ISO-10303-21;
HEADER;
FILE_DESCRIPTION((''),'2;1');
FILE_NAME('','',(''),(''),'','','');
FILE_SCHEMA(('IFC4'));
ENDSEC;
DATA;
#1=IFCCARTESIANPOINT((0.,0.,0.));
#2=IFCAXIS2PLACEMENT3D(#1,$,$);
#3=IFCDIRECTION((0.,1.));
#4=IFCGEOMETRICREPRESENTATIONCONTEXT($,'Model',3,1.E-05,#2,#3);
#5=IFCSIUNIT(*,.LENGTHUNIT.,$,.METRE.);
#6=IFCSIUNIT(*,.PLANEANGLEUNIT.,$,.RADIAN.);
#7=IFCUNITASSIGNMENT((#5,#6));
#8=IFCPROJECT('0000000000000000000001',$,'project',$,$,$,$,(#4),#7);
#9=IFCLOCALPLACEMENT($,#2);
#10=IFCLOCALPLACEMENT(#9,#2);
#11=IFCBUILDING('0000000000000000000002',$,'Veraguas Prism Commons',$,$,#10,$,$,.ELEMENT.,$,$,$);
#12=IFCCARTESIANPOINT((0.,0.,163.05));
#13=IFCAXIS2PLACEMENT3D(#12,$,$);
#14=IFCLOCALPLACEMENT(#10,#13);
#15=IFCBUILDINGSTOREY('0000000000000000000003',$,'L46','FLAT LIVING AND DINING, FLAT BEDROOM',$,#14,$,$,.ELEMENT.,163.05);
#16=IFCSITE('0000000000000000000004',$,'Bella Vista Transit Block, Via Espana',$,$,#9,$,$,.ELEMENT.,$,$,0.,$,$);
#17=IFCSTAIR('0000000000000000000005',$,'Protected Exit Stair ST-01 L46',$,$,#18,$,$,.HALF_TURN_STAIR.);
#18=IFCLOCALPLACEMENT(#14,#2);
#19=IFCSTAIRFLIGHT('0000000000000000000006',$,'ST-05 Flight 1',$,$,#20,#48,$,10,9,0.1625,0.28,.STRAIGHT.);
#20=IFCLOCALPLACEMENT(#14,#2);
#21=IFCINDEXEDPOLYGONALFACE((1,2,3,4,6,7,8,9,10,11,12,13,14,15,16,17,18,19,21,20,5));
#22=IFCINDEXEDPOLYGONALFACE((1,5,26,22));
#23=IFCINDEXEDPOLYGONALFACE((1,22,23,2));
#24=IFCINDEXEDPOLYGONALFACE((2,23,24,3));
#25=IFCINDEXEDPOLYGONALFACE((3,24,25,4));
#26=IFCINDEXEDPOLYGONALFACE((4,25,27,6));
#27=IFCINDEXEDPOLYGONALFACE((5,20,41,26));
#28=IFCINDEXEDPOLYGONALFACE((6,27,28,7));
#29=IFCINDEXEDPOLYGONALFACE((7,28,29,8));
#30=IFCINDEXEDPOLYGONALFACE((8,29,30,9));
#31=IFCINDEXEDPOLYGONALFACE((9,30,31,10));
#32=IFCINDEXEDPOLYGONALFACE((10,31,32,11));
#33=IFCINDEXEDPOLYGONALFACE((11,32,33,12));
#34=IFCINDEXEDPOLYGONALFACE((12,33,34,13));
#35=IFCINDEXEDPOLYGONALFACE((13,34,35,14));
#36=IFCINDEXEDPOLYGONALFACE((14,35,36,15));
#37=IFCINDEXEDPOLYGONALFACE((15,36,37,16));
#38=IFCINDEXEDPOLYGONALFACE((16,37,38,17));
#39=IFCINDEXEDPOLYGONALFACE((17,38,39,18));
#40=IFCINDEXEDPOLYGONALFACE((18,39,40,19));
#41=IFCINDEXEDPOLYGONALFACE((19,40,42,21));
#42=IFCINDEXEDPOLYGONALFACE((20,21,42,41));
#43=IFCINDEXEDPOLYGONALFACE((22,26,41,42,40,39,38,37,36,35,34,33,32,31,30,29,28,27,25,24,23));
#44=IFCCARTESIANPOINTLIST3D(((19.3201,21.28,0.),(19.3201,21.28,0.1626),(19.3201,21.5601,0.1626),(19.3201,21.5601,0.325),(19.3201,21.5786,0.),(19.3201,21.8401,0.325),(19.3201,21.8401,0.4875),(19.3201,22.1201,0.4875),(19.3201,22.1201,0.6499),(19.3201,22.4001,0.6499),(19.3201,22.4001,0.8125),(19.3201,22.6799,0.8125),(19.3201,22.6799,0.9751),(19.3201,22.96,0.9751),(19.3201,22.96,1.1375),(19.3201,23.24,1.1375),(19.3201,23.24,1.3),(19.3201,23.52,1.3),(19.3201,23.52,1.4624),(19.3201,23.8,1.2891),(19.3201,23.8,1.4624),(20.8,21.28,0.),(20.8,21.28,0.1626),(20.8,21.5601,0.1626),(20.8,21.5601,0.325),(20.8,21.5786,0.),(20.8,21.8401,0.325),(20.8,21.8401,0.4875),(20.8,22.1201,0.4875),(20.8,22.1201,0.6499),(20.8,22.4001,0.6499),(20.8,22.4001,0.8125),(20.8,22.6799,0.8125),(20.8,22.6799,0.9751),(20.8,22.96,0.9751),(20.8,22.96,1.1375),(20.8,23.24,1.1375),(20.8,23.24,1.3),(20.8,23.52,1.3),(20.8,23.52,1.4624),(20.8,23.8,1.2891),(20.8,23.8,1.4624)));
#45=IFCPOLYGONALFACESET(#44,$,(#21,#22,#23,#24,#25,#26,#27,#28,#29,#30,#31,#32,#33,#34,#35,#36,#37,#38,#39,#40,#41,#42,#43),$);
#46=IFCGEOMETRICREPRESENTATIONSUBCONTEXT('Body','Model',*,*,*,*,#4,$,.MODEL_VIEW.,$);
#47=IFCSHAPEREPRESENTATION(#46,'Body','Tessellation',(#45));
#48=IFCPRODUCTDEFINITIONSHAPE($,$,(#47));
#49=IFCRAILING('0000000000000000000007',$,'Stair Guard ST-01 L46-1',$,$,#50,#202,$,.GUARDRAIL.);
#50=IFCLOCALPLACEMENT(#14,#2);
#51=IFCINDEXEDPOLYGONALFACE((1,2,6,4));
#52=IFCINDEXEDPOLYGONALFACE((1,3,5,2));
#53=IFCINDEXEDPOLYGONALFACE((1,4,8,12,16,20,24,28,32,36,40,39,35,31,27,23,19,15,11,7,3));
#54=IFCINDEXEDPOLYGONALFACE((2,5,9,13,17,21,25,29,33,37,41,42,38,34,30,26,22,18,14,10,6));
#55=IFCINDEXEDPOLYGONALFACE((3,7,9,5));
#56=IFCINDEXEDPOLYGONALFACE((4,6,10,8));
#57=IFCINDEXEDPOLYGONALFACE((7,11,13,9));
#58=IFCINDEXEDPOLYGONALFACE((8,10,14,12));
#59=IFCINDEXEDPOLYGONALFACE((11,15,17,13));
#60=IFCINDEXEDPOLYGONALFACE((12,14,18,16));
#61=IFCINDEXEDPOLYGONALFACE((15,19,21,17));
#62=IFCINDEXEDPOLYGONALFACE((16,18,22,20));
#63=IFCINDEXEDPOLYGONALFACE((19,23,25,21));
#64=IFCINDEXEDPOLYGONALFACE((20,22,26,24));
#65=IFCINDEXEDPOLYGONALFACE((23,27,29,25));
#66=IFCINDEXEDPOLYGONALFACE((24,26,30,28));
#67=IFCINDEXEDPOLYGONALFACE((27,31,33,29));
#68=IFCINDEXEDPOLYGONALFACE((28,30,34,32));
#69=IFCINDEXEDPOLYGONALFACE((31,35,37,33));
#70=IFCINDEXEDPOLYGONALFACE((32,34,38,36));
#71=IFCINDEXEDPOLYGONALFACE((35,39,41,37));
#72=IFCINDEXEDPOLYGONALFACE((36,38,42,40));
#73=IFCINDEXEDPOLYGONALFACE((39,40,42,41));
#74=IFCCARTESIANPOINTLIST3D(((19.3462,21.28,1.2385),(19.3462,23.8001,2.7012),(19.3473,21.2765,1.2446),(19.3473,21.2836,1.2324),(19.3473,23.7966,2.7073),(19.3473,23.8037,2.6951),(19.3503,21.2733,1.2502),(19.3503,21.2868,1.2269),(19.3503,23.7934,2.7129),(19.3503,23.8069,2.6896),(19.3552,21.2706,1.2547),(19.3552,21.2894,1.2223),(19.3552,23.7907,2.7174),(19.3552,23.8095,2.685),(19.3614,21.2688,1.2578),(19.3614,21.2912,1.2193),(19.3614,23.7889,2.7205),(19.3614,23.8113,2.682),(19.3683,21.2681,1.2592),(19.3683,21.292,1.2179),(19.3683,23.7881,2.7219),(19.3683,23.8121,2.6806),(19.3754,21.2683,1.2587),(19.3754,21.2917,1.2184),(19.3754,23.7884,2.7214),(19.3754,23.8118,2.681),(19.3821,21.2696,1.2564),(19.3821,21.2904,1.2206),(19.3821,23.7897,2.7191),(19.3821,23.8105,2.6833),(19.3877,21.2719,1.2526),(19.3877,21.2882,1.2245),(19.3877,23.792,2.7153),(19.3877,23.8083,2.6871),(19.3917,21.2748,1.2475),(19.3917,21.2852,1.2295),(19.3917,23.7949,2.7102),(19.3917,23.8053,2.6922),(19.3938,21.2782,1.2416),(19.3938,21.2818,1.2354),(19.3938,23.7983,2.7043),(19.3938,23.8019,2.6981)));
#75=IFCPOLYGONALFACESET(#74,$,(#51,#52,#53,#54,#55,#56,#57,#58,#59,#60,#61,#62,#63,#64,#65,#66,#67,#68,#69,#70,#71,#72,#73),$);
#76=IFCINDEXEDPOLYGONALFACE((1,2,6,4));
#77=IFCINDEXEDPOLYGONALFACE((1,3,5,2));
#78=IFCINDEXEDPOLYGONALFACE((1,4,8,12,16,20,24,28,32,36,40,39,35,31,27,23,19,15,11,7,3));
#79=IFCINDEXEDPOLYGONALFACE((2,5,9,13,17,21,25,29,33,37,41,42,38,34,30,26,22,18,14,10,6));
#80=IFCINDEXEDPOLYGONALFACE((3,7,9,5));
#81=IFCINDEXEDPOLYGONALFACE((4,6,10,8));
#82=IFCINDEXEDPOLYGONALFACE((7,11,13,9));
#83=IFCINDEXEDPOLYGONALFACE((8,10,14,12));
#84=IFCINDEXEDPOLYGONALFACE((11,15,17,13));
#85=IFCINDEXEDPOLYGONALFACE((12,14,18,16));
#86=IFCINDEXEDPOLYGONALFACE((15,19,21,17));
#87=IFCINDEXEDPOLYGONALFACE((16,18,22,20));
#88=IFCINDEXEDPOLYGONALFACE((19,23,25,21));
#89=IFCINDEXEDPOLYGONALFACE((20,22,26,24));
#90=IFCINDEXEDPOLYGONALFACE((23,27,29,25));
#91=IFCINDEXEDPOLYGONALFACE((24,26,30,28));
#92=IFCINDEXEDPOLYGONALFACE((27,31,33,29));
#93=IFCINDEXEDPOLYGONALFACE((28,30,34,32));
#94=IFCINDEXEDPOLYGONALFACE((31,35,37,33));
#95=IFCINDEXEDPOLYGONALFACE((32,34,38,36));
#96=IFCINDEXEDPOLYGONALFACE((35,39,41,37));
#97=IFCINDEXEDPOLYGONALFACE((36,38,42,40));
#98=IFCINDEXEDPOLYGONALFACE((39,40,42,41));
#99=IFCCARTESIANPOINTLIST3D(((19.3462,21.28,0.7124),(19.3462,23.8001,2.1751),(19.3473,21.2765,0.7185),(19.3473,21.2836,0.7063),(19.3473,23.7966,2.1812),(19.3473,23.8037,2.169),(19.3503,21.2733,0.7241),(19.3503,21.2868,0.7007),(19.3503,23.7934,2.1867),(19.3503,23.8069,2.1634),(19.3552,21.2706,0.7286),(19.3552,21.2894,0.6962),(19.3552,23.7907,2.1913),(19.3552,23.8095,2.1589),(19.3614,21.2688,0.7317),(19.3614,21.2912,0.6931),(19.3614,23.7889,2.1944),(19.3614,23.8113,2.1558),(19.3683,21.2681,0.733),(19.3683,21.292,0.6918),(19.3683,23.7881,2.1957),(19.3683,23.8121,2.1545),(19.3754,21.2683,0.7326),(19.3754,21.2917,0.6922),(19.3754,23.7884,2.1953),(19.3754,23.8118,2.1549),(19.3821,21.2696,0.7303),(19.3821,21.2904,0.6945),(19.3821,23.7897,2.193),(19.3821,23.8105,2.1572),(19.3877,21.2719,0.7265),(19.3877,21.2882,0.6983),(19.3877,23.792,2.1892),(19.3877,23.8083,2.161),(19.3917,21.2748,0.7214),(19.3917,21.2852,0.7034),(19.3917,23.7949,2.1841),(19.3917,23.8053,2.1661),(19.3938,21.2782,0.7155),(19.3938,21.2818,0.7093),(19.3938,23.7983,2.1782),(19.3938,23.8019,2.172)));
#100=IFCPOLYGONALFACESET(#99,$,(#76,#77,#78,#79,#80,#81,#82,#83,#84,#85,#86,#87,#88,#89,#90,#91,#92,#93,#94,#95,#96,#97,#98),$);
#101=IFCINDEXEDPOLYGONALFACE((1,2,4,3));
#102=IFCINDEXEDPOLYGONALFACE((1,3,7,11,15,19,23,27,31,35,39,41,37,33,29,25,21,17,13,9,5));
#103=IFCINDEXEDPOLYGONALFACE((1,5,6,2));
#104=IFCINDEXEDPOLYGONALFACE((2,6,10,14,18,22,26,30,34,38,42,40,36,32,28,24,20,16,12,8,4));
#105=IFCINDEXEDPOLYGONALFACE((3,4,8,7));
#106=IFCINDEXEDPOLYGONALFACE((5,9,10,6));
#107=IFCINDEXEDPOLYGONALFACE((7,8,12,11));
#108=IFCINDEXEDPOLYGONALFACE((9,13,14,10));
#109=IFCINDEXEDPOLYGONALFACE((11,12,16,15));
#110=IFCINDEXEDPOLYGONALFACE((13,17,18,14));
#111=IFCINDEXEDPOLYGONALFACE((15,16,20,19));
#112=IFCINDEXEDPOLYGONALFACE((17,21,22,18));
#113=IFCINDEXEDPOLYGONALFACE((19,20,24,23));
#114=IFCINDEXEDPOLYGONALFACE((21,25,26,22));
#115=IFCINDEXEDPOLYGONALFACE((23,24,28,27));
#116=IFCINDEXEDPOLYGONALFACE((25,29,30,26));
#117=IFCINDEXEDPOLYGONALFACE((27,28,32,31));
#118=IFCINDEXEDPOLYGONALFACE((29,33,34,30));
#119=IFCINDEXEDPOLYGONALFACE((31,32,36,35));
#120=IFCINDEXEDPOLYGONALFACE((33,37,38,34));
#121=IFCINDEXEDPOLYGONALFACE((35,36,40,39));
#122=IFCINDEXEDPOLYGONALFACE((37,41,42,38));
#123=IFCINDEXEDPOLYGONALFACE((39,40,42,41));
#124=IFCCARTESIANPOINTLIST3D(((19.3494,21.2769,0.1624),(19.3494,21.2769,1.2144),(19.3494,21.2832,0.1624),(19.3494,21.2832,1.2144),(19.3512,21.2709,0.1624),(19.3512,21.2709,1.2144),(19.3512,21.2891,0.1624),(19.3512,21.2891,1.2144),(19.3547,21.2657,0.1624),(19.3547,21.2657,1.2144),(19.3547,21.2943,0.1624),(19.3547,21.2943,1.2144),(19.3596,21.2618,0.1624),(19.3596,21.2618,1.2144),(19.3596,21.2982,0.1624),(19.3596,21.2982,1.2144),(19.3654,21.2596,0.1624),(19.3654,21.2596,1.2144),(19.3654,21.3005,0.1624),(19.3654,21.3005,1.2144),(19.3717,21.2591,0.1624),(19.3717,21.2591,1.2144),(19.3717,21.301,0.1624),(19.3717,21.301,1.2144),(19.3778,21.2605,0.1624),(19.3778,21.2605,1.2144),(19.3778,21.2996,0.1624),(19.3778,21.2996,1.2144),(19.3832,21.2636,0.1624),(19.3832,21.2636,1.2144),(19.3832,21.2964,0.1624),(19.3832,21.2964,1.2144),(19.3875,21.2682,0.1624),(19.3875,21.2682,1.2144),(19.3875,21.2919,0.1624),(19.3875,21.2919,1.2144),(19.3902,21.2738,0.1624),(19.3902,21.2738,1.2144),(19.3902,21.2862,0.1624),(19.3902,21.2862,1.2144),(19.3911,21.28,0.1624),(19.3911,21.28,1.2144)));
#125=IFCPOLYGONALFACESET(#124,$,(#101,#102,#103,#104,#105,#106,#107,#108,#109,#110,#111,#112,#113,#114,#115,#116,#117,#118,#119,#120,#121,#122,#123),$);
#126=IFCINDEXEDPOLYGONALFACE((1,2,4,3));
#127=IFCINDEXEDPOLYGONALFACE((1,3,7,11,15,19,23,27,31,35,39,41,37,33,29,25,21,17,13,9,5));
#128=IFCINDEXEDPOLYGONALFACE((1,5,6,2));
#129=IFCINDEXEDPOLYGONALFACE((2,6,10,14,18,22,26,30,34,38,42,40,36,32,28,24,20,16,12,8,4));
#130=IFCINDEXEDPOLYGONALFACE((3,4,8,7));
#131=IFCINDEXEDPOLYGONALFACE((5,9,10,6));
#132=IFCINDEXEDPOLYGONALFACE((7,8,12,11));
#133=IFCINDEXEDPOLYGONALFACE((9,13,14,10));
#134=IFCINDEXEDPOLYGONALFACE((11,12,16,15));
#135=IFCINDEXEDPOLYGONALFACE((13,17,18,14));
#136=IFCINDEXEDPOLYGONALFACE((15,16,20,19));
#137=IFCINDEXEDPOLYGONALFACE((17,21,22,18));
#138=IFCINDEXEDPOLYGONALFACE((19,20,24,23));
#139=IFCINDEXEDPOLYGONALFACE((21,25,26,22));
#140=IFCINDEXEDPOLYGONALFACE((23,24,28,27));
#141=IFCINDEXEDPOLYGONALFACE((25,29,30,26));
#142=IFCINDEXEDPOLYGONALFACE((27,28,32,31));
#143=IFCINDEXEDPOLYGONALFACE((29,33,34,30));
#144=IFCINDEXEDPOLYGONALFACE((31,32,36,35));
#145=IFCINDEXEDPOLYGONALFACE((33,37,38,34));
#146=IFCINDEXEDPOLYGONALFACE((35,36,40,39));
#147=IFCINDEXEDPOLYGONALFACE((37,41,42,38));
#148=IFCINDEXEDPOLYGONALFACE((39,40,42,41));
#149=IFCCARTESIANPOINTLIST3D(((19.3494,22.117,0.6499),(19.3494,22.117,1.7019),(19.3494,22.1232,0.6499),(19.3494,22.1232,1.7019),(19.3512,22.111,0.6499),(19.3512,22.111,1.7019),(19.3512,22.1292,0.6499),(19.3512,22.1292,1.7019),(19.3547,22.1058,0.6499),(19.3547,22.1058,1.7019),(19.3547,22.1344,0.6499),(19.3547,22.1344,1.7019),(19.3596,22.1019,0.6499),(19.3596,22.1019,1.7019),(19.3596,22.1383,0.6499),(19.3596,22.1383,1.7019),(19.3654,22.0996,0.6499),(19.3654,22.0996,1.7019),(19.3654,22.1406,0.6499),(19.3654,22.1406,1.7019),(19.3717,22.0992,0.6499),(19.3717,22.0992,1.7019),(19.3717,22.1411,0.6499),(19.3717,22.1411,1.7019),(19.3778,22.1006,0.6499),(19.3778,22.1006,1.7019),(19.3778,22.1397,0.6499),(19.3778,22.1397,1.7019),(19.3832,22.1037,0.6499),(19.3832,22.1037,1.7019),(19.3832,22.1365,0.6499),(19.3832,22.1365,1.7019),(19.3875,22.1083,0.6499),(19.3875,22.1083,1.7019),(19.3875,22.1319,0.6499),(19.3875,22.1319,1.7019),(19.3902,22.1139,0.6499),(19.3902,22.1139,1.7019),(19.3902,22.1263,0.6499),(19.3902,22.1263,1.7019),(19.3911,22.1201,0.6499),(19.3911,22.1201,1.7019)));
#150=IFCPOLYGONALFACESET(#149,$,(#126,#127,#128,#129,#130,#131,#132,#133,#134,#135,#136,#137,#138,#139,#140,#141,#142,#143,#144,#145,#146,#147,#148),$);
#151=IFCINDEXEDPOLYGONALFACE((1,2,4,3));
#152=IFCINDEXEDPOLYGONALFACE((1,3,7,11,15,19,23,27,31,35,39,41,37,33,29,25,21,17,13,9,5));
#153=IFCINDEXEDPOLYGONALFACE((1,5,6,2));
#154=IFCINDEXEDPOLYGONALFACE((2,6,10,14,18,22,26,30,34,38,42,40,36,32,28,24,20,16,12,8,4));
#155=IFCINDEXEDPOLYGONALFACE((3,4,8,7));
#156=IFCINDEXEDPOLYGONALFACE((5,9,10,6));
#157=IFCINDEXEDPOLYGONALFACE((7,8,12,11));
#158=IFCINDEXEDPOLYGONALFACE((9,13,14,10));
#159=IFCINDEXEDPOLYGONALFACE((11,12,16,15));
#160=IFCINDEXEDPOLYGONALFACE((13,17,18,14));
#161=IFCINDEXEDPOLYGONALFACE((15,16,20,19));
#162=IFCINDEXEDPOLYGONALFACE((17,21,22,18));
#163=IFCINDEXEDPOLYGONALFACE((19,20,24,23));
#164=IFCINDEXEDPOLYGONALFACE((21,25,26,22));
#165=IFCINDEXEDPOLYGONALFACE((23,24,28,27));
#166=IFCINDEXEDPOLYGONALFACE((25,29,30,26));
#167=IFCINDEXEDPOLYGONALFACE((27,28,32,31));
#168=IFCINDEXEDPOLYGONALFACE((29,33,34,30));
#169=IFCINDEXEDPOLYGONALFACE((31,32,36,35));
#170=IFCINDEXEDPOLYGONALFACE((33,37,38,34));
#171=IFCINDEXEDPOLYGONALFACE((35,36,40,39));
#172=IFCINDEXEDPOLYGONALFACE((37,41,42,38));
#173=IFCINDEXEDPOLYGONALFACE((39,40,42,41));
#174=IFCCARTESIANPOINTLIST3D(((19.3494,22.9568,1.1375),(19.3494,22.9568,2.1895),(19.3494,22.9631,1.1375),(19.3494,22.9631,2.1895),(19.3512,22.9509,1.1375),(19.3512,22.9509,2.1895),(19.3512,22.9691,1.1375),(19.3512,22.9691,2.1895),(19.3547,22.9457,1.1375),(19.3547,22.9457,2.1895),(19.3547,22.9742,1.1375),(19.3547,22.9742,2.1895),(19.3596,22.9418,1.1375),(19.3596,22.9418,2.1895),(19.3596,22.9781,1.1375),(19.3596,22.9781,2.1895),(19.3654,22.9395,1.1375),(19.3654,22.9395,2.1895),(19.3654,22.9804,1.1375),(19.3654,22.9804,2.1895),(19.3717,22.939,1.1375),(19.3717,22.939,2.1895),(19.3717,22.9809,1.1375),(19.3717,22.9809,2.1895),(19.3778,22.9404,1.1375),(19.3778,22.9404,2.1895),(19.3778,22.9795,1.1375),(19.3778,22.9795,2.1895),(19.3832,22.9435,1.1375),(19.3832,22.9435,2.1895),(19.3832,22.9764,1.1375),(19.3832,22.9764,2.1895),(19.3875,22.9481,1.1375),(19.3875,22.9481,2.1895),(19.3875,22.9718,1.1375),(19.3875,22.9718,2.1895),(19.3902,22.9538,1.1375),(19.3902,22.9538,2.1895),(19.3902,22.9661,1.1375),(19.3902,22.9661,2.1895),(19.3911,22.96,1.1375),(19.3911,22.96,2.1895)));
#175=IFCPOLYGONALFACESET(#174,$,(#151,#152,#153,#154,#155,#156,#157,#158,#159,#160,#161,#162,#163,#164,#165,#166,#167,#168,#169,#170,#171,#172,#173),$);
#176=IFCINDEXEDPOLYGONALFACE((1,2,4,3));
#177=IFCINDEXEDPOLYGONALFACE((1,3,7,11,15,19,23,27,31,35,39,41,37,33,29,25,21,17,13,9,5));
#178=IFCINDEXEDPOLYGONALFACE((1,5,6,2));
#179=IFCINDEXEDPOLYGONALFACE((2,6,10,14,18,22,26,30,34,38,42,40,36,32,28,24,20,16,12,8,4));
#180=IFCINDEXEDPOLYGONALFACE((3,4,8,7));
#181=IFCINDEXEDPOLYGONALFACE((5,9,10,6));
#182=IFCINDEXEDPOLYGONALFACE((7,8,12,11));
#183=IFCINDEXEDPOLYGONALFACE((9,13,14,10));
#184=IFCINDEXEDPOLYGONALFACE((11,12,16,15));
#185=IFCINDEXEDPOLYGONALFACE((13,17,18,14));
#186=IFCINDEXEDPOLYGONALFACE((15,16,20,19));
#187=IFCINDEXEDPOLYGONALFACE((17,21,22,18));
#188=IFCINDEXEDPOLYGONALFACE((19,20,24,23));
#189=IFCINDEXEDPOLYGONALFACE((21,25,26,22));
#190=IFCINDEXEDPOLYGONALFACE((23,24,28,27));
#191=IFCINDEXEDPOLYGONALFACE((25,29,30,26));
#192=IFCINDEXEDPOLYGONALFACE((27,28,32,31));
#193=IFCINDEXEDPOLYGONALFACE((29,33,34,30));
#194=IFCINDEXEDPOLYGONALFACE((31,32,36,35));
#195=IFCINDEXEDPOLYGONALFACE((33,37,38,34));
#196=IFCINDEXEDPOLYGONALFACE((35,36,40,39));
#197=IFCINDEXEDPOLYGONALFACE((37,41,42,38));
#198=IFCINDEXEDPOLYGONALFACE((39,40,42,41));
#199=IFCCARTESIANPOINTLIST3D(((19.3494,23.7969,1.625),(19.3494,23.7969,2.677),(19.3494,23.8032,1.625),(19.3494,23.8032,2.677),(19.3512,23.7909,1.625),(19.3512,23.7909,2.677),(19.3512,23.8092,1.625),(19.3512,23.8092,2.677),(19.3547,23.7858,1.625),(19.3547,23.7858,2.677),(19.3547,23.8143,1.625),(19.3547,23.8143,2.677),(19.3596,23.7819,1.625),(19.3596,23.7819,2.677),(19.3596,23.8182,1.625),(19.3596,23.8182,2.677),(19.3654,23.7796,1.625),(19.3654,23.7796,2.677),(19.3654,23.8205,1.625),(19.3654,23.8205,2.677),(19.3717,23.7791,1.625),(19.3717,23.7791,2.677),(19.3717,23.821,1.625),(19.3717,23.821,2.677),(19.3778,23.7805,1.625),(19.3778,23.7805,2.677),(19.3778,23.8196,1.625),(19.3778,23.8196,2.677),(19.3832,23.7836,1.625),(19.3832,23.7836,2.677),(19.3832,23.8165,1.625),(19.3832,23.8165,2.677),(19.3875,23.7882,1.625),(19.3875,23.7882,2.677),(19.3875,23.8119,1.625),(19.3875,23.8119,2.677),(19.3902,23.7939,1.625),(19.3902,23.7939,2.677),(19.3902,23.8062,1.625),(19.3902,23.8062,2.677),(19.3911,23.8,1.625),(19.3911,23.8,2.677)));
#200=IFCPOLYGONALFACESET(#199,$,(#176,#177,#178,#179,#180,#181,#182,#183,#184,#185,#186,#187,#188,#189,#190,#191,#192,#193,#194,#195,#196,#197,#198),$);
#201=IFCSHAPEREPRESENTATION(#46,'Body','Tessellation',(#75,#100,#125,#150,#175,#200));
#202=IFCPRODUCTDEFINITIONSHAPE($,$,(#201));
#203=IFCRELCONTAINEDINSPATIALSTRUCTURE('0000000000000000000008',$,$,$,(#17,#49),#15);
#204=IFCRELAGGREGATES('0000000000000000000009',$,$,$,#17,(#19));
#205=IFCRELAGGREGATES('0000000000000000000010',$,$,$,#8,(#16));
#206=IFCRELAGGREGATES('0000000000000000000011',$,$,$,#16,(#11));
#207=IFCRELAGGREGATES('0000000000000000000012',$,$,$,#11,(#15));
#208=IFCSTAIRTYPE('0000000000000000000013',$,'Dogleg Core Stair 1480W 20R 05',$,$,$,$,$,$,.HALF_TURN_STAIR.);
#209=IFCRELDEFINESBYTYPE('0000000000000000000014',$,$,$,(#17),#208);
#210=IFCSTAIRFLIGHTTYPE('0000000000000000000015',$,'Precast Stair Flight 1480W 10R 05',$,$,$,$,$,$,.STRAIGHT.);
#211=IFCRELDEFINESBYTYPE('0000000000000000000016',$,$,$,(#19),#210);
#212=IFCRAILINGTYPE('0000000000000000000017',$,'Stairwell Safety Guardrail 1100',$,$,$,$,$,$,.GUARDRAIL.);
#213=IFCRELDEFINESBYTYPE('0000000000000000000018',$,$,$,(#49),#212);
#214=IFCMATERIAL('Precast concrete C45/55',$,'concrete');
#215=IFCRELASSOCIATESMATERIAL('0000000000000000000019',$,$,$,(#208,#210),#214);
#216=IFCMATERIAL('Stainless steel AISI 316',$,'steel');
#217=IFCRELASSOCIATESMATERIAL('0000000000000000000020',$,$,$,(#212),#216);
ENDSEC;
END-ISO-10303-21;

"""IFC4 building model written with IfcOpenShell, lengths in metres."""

from ifc_helpers import new_model, si_unit, direction, frame, origin, origin_2d, place, context, subcontext, project, spatial, polyline, circle, outline, extrude, material, type_object, element, aggregate, save


model = new_model("IFC4")

# Units and contexts
model_context = context("Model", 3, precision=1e-05, world=origin(), true_north=direction((0.0, 1.0)))
body_context = subcontext(model_context, "Body", "Model", "MODEL_VIEW")
ifc_project = project(units=[si_unit("LENGTHUNIT", "METRE"), si_unit("PLANEANGLEUNIT", "RADIAN")], contexts=[model_context])

# Site, building, storey
site_placement = place(None, origin())
site = spatial("IfcSite", under=ifc_project, at=site_placement, Name="Bella Vista Transit Block, Via Espana", CompositionType="ELEMENT", RefElevation=0.0)
building_placement = place(site_placement, origin())
building = spatial("IfcBuilding", under=site, at=building_placement, Name="Veraguas Prism Commons", CompositionType="ELEMENT")
storey_placement = place(building_placement, frame((0.0, 0.0, 163.05)))
storey = spatial("IfcBuildingStorey", under=building, at=storey_placement, Name="L46", Description="FLAT LIVING AND DINING, FLAT BEDROOM", CompositionType="ELEMENT", Elevation=163.05)

# Stair, stair flight
ifc_material_1 = material(Name="Precast concrete C45/55", Category="concrete")
stair_type = type_object("IfcStairType", Name="Dogleg Core Stair 1480W 20R 05", PredefinedType="HALF_TURN_STAIR", material=ifc_material_1)
stair_placement = place(storey_placement, origin())
stair = element("IfcStair", 1, at=stair_placement, inside=storey, type_object=stair_type, Name="Protected Exit Stair ST-01 L46", PredefinedType="HALF_TURN_STAIR")
stair_flight_type = type_object("IfcStairFlightType", Name="Precast Stair Flight 1480W 10R 05", PredefinedType="STRAIGHT", material=ifc_material_1)
stair_flight_placement = place(storey_placement, frame((20.0601, 21.28, 0.0), z_axis=(0.0, 0.0, 1.0), x_axis=(0.0, 1.0, 0.0)))
stair_flight = element("IfcStairFlight", 2, at=stair_flight_placement, type_object=stair_flight_type, Name="ST-05 Flight 1", NumberOfRisers=10, NumberOfTreads=9, PredefinedType="STRAIGHT", RiserHeight=0.1625, TreadLength=0.28, context=body_context, shape_type="SweptSolid", body=[
    extrude(outline(polyline([(0.0, 0.0), (0.0, 0.1626), (0.28, 0.1626), (0.28, 0.325), (0.5601, 0.325), (0.5601, 0.4875), (0.8401, 0.4875), (0.8401, 0.6499), (1.1201, 0.6499), (1.1201, 0.8125), (1.3999, 0.8125), (1.3999, 0.9751), (1.6799, 0.9751), (1.6799, 1.1375), (1.96, 1.1375), (1.96, 1.3), (2.24, 1.3), (2.24, 1.4624), (2.52, 1.4624), (2.52, 1.625), (2.52, 1.2891), (0.2986, 0.0), (0.0, 0.0)])), frame((0.0, 0.74, 0.0), z_axis=(0.0, -1.0, 0.0), x_axis=(1.0, 0.0, 0.0)), (0.0, 0.0, 1.0), 1.48),
])
aggregate(stair, [stair_flight])

# Railing
ifc_material_2 = material(Name="Stainless steel AISI 316", Category="steel")
railing_type = type_object("IfcRailingType", Name="Stairwell Safety Guardrail 1100", PredefinedType="GUARDRAIL", material=ifc_material_2)
railing_1_placement = place(storey_placement, frame((19.3701, 21.28, 0.1624)))
element("IfcRailing", 3, at=railing_1_placement, inside=storey, type_object=railing_type, Name="Stair Guard ST-01 L46-1", PredefinedType="GUARDRAIL", context=body_context, shape_type="SweptSolid", body=[
    extrude(circle(Radius=0.0239, at=origin_2d()), frame((0.0, 0.0, 1.0762), z_axis=(0.0, 0.864877, 0.501984), x_axis=(-1.0, 0.0, 0.0)), (0.0, 0.0, 1.0), 2.9138),
    extrude(circle(Radius=0.0239, at=origin_2d()), frame((0.0, 0.0, 0.55), z_axis=(0.0, 0.864877, 0.501984), x_axis=(-1.0, 0.0, 0.0)), (0.0, 0.0, 1.0), 2.9138),
    extrude(circle(Radius=0.021, at=origin_2d()), origin(), (0.0, 0.0, 1.0), 1.052),
    extrude(circle(Radius=0.021, at=origin_2d()), frame((0.0, 0.8401, 0.4875)), (0.0, 0.0, 1.0), 1.052),
    extrude(circle(Radius=0.021, at=origin_2d()), frame((0.0, 1.6799, 0.9751)), (0.0, 0.0, 1.0), 1.052),
    extrude(circle(Radius=0.021, at=origin_2d()), frame((0.0, 2.52, 1.4626)), (0.0, 0.0, 1.0), 1.052),
])

save(model, "model.ifc")
